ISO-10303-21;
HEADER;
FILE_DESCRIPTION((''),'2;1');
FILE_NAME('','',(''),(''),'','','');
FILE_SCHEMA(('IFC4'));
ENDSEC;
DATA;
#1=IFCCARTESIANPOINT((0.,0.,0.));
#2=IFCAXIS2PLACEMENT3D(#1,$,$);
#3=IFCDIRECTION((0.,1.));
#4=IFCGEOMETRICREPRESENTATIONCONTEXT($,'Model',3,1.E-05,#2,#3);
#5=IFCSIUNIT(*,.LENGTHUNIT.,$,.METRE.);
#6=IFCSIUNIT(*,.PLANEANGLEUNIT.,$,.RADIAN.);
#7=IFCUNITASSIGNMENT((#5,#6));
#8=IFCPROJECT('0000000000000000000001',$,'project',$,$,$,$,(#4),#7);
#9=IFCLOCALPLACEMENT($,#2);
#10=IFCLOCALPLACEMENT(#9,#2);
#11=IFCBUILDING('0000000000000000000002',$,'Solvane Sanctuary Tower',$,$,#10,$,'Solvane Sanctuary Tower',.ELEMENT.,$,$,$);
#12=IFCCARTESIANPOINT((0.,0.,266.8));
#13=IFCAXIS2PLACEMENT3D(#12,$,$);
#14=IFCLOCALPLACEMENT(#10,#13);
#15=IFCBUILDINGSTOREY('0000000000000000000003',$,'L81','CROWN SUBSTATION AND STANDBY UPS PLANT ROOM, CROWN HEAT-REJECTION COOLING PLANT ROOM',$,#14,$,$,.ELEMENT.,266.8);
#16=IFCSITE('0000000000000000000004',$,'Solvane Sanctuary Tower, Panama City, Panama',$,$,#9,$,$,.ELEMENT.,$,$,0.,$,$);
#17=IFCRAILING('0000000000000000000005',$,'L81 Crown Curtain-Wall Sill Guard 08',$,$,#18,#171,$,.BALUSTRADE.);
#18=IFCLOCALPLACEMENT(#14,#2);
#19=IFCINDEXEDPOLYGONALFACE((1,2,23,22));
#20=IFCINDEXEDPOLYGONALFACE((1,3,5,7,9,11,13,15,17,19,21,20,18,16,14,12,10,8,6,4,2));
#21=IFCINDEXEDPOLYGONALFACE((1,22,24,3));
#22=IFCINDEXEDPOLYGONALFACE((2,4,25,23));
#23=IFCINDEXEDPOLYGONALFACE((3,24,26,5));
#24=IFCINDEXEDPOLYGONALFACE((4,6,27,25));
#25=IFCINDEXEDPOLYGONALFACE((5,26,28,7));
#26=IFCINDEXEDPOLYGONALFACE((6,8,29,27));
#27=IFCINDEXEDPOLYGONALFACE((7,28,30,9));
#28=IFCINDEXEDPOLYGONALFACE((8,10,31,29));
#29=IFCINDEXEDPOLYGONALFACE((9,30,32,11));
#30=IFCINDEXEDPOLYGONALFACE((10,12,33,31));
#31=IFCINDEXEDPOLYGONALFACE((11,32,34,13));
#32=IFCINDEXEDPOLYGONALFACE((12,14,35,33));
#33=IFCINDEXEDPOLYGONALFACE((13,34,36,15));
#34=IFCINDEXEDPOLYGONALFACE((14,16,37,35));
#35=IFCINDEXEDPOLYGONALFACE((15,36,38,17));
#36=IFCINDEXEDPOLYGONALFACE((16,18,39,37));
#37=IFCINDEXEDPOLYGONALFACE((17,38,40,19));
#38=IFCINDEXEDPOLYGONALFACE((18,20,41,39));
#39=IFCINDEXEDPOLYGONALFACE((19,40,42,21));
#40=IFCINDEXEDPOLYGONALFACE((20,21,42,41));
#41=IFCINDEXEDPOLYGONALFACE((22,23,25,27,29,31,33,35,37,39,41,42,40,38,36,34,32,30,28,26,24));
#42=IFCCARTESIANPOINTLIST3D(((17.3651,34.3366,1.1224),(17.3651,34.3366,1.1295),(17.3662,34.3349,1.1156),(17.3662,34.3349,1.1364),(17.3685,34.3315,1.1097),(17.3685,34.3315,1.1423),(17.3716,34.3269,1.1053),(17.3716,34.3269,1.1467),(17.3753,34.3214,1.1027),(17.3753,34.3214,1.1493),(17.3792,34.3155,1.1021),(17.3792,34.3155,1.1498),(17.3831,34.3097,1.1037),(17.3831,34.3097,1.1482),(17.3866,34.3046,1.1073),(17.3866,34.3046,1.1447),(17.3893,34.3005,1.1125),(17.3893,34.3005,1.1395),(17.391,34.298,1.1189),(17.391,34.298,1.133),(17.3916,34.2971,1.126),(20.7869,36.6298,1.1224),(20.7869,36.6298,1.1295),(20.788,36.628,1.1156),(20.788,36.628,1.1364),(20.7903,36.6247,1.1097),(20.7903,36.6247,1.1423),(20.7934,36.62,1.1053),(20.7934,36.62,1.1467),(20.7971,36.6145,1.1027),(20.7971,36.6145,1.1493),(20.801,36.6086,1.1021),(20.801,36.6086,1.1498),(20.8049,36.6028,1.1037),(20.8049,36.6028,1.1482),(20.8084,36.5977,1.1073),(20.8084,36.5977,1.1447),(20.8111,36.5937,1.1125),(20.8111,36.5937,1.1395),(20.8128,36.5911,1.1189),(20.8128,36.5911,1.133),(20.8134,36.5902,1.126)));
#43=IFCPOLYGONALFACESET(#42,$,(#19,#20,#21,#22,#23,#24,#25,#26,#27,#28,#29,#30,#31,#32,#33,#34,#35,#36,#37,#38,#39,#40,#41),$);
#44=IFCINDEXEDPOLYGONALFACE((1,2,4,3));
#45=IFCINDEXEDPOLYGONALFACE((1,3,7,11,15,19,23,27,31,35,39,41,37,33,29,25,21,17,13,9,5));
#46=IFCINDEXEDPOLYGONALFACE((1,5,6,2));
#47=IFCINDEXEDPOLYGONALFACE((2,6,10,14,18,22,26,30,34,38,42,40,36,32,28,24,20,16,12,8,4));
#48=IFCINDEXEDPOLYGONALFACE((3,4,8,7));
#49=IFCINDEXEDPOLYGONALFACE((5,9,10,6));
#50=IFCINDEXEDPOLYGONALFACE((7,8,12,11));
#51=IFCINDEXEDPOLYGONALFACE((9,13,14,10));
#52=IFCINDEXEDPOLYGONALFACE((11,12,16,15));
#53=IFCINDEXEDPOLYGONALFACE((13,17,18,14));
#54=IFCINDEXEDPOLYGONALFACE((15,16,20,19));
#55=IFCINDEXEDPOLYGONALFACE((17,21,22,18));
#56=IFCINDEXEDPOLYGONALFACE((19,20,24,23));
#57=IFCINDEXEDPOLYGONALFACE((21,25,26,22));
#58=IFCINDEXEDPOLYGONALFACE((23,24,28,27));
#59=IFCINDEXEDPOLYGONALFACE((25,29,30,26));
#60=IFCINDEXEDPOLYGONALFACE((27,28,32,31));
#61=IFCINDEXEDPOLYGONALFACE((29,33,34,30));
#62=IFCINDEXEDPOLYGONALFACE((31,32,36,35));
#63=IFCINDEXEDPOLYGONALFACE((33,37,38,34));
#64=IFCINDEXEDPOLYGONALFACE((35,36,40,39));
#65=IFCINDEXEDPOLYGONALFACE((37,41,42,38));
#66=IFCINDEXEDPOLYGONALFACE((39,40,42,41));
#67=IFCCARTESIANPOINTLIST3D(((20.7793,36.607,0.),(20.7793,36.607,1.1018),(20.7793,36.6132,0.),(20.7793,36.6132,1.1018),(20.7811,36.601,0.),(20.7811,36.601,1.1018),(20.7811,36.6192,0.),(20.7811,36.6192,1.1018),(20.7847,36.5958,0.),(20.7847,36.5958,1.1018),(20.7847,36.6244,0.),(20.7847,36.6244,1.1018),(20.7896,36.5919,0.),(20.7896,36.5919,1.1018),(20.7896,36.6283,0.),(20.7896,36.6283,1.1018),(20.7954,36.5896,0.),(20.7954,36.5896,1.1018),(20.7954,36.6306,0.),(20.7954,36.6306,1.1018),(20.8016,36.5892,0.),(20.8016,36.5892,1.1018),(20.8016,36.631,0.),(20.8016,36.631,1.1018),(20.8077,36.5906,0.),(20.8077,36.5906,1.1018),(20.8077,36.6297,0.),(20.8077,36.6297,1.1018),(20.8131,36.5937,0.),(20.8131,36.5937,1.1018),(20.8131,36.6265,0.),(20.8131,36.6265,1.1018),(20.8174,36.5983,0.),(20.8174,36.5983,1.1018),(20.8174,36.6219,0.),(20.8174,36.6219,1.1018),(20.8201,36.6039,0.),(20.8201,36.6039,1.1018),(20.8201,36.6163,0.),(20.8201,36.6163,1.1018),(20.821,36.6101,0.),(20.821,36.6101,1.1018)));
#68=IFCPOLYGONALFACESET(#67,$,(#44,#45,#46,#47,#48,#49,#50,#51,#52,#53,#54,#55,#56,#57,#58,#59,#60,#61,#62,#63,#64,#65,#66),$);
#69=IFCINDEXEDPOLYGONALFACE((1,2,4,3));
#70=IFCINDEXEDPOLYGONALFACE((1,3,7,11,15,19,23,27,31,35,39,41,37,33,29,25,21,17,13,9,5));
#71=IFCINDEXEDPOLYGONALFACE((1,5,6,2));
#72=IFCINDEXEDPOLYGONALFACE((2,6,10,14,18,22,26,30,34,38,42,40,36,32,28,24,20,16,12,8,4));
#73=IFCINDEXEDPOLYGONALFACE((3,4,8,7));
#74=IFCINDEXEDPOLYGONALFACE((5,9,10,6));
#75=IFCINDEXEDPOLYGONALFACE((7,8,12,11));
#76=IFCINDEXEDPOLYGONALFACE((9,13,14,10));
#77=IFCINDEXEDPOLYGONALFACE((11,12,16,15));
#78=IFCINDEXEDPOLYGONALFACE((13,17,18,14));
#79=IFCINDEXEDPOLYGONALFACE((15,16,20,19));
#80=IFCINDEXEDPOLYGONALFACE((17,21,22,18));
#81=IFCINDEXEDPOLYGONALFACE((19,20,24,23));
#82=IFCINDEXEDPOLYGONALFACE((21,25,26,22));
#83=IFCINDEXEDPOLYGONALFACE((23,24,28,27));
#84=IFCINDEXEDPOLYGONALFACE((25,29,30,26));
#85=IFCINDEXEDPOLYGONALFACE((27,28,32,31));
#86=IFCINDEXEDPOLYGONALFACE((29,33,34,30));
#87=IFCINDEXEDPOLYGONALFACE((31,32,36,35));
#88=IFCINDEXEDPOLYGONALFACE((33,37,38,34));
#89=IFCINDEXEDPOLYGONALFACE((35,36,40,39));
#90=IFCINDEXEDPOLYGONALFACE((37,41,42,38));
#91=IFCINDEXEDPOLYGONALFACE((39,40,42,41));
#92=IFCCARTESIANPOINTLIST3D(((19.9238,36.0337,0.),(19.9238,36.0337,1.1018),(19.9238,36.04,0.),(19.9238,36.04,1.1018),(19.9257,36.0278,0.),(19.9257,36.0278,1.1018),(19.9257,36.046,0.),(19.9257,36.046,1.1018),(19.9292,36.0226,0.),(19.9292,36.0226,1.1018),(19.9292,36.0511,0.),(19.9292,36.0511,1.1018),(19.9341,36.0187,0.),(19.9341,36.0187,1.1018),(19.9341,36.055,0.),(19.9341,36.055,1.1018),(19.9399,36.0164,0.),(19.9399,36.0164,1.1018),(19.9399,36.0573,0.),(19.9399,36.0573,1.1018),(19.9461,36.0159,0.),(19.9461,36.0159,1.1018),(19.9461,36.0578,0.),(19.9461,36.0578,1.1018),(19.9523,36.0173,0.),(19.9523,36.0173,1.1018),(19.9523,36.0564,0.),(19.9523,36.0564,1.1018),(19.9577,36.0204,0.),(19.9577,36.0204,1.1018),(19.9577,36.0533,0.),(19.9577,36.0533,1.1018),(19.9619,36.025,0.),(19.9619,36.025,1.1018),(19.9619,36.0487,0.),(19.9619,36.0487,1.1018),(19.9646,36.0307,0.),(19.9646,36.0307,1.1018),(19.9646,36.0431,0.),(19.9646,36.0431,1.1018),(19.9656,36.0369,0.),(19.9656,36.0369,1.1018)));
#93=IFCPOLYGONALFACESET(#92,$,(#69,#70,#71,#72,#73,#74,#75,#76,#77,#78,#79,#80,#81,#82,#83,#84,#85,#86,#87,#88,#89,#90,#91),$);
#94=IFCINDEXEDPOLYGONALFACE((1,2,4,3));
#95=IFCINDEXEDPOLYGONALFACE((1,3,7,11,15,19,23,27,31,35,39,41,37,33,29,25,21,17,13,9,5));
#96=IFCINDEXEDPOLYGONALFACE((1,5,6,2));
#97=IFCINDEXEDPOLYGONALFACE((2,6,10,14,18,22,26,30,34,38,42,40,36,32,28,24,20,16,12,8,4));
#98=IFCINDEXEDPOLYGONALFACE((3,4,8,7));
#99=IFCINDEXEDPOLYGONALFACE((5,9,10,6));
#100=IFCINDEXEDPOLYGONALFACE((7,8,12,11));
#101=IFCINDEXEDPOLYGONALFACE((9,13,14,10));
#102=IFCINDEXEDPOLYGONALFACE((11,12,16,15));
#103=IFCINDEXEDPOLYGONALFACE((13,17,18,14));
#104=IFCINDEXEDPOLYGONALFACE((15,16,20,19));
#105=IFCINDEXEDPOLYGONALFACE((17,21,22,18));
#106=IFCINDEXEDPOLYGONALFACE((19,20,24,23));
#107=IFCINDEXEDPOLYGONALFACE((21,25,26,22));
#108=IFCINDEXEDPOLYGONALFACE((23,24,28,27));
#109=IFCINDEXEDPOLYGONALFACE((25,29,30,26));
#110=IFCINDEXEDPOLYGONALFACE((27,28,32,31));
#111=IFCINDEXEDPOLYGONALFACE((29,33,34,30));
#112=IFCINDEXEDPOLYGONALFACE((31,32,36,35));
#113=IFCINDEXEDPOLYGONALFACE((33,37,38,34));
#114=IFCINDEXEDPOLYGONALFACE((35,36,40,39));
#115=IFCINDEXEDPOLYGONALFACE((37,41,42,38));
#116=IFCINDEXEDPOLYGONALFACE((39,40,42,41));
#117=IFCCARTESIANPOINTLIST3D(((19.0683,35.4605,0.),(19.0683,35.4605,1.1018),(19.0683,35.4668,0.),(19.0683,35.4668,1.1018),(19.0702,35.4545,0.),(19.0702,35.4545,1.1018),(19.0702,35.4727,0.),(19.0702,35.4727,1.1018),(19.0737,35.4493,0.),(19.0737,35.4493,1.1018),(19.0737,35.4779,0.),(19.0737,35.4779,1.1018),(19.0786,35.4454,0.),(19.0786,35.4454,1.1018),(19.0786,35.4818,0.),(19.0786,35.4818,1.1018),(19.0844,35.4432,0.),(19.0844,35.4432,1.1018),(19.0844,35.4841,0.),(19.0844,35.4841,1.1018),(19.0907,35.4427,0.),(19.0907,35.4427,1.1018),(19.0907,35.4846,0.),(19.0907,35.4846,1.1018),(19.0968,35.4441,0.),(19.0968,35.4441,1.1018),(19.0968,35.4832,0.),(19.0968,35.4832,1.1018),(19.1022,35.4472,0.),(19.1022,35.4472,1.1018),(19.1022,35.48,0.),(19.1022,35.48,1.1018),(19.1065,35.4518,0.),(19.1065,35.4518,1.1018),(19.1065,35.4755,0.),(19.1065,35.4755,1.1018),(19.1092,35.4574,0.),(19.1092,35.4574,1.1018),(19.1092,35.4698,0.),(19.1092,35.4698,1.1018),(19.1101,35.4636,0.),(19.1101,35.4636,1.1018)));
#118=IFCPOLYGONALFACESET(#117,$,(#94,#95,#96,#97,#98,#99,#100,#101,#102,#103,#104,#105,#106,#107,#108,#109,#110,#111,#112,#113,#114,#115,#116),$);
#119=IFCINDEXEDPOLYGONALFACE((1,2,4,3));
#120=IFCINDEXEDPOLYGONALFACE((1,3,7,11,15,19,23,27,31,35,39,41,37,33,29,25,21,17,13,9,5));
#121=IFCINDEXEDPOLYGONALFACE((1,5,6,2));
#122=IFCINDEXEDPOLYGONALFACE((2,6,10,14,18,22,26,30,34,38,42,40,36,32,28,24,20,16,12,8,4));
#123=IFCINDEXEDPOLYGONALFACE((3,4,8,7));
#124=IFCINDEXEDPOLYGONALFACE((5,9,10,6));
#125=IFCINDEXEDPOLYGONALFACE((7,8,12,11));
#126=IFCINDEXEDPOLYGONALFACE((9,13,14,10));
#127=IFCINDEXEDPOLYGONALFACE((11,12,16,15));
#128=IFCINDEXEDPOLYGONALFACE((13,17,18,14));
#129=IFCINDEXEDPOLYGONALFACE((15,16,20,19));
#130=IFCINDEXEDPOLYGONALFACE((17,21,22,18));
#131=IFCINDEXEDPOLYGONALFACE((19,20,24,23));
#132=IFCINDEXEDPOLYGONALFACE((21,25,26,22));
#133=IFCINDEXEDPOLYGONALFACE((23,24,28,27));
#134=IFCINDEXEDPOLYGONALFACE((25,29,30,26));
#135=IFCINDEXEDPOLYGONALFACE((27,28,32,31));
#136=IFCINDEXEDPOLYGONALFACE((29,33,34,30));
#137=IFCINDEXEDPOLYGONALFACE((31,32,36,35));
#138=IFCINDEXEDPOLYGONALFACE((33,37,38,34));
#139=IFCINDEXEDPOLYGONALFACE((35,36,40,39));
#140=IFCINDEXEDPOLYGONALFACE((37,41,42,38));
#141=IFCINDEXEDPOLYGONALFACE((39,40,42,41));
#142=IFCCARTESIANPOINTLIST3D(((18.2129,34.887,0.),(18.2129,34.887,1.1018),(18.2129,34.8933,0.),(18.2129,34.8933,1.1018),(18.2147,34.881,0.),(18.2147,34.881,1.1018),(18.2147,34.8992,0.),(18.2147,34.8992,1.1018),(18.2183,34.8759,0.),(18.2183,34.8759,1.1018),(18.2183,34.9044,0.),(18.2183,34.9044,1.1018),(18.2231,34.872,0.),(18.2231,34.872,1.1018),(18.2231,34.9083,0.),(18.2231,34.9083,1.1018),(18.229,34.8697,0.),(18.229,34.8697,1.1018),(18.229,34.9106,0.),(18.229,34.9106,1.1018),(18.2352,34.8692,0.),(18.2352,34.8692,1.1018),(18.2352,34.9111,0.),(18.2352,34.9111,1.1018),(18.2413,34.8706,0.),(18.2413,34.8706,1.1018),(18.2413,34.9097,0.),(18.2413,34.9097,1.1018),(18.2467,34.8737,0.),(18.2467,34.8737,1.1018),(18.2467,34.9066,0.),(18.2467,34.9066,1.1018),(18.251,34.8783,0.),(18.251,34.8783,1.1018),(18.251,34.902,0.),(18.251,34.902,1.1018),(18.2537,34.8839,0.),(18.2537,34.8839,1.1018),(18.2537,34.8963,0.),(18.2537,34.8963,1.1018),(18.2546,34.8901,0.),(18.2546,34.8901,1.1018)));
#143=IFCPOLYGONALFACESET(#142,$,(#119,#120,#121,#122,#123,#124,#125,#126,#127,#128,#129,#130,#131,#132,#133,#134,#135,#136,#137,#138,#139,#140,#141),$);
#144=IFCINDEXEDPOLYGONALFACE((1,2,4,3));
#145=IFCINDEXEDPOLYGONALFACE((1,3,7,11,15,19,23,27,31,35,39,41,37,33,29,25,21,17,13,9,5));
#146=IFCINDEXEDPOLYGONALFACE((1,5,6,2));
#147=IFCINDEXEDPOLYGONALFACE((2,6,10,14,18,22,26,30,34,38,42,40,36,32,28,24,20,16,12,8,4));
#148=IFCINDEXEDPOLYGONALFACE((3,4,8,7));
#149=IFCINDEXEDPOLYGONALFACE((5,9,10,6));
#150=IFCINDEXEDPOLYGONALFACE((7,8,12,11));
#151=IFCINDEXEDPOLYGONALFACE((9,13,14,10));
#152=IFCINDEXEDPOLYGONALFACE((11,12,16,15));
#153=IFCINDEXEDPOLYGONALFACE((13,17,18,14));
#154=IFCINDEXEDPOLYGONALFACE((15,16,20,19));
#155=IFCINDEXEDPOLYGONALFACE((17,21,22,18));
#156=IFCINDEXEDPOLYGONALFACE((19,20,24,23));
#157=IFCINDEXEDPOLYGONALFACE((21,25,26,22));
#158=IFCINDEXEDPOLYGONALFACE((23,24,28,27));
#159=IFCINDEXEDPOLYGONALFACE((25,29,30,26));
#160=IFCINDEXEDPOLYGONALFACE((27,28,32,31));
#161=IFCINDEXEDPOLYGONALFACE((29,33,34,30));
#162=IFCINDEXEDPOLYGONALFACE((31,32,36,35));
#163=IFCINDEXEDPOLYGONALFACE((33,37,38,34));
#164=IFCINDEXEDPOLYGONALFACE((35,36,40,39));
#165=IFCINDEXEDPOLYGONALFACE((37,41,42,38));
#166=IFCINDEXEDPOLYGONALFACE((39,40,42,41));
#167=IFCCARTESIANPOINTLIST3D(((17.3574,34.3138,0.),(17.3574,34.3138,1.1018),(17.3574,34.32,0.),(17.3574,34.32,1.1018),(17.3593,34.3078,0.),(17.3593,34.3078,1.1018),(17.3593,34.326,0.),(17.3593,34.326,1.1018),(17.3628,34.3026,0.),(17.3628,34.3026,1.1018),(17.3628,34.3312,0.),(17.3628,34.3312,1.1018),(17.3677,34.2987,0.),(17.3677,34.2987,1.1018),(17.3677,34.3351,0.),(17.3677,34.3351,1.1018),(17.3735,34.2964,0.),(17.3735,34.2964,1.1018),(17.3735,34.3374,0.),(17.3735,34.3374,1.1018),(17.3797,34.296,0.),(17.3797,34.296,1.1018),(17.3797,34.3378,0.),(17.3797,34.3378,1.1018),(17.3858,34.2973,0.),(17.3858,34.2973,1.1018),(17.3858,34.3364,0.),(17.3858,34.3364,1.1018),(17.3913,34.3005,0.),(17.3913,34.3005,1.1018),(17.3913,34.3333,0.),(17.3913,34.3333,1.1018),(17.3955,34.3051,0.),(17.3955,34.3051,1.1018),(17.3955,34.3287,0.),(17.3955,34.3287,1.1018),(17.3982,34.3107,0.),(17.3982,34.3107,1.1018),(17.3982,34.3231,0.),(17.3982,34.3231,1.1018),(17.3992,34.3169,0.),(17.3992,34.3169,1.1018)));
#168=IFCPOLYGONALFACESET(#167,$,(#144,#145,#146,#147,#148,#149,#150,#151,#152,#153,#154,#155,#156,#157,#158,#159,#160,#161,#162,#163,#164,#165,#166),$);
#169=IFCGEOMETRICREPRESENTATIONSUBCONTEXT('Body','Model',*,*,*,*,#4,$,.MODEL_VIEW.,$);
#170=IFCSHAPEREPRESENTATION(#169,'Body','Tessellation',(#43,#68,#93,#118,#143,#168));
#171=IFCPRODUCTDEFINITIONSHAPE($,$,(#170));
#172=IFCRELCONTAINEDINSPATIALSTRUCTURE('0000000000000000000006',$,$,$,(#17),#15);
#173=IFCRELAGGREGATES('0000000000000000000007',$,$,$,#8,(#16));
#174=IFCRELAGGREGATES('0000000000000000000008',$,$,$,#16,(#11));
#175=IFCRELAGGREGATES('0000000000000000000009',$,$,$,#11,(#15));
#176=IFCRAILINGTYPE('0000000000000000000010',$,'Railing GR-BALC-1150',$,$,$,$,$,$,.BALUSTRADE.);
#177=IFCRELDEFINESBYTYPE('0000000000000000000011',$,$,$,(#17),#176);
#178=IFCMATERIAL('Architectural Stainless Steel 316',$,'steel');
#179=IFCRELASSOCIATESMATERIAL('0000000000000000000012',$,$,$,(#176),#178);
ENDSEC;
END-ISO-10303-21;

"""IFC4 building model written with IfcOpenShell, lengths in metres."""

from ifc_helpers import new_model, si_unit, direction, frame, origin, origin_2d, place, context, subcontext, project, spatial, circle, extrude, material, type_object, element, save


model = new_model("IFC4")

# Units and contexts
model_context = context("Model", 3, precision=1e-05, world=origin(), true_north=direction((0.0, 1.0)))
body_context = subcontext(model_context, "Body", "Model", "MODEL_VIEW")
ifc_project = project(units=[si_unit("LENGTHUNIT", "METRE"), si_unit("PLANEANGLEUNIT", "RADIAN")], contexts=[model_context])

# Site, building, storey
site_placement = place(None, origin())
site = spatial("IfcSite", under=ifc_project, at=site_placement, Name="Solvane Sanctuary Tower, Panama City, Panama", CompositionType="ELEMENT", RefElevation=0.0)
building_placement = place(site_placement, origin())
building = spatial("IfcBuilding", under=site, at=building_placement, Name="Solvane Sanctuary Tower", LongName="Solvane Sanctuary Tower", CompositionType="ELEMENT")
storey_placement = place(building_placement, frame((0.0, 0.0, 266.8)))
storey = spatial("IfcBuildingStorey", under=building, at=storey_placement, Name="L81", Description="CROWN SUBSTATION AND STANDBY UPS PLANT ROOM, CROWN HEAT-REJECTION COOLING PLANT ROOM", CompositionType="ELEMENT", Elevation=266.8)

# Railing
ifc_material_1 = material(Name="Architectural Stainless Steel 316", Category="steel")
railing_type = type_object("IfcRailingType", Name="Railing GR-BALC-1150", PredefinedType="BALUSTRADE", material=ifc_material_1)
railing_1_placement = place(storey_placement, frame((20.8, 36.6101, 0.0)))
element("IfcRailing", 1, at=railing_1_placement, inside=storey, type_object=railing_type, Name="L81 Crown Curtain-Wall Sill Guard 08", PredefinedType="BALUSTRADE", context=body_context, shape_type="SweptSolid", body=[
    extrude(circle(Radius=0.0239, at=origin_2d()), frame((0.0, 0.0, 1.126), z_axis=(-0.830707, -0.556709, 0.0), x_axis=(0.556709, -0.830707, 0.0)), (0.0, 0.0, 1.0), 4.1191),
    extrude(circle(Radius=0.021, at=origin_2d()), origin(), (0.0, 0.0, 1.0), 1.1018),
    extrude(circle(Radius=0.021, at=origin_2d()), frame((-0.8555, -0.5732, 0.0)), (0.0, 0.0, 1.0), 1.1018),
    extrude(circle(Radius=0.021, at=origin_2d()), frame((-1.7109, -1.1465, 0.0)), (0.0, 0.0, 1.0), 1.1018),
    extrude(circle(Radius=0.021, at=origin_2d()), frame((-2.5664, -1.72, 0.0)), (0.0, 0.0, 1.0), 1.1018),
    extrude(circle(Radius=0.021, at=origin_2d()), frame((-3.4219, -2.2932, 0.0)), (0.0, 0.0, 1.0), 1.1018),
])

save(model, "model.ifc")
